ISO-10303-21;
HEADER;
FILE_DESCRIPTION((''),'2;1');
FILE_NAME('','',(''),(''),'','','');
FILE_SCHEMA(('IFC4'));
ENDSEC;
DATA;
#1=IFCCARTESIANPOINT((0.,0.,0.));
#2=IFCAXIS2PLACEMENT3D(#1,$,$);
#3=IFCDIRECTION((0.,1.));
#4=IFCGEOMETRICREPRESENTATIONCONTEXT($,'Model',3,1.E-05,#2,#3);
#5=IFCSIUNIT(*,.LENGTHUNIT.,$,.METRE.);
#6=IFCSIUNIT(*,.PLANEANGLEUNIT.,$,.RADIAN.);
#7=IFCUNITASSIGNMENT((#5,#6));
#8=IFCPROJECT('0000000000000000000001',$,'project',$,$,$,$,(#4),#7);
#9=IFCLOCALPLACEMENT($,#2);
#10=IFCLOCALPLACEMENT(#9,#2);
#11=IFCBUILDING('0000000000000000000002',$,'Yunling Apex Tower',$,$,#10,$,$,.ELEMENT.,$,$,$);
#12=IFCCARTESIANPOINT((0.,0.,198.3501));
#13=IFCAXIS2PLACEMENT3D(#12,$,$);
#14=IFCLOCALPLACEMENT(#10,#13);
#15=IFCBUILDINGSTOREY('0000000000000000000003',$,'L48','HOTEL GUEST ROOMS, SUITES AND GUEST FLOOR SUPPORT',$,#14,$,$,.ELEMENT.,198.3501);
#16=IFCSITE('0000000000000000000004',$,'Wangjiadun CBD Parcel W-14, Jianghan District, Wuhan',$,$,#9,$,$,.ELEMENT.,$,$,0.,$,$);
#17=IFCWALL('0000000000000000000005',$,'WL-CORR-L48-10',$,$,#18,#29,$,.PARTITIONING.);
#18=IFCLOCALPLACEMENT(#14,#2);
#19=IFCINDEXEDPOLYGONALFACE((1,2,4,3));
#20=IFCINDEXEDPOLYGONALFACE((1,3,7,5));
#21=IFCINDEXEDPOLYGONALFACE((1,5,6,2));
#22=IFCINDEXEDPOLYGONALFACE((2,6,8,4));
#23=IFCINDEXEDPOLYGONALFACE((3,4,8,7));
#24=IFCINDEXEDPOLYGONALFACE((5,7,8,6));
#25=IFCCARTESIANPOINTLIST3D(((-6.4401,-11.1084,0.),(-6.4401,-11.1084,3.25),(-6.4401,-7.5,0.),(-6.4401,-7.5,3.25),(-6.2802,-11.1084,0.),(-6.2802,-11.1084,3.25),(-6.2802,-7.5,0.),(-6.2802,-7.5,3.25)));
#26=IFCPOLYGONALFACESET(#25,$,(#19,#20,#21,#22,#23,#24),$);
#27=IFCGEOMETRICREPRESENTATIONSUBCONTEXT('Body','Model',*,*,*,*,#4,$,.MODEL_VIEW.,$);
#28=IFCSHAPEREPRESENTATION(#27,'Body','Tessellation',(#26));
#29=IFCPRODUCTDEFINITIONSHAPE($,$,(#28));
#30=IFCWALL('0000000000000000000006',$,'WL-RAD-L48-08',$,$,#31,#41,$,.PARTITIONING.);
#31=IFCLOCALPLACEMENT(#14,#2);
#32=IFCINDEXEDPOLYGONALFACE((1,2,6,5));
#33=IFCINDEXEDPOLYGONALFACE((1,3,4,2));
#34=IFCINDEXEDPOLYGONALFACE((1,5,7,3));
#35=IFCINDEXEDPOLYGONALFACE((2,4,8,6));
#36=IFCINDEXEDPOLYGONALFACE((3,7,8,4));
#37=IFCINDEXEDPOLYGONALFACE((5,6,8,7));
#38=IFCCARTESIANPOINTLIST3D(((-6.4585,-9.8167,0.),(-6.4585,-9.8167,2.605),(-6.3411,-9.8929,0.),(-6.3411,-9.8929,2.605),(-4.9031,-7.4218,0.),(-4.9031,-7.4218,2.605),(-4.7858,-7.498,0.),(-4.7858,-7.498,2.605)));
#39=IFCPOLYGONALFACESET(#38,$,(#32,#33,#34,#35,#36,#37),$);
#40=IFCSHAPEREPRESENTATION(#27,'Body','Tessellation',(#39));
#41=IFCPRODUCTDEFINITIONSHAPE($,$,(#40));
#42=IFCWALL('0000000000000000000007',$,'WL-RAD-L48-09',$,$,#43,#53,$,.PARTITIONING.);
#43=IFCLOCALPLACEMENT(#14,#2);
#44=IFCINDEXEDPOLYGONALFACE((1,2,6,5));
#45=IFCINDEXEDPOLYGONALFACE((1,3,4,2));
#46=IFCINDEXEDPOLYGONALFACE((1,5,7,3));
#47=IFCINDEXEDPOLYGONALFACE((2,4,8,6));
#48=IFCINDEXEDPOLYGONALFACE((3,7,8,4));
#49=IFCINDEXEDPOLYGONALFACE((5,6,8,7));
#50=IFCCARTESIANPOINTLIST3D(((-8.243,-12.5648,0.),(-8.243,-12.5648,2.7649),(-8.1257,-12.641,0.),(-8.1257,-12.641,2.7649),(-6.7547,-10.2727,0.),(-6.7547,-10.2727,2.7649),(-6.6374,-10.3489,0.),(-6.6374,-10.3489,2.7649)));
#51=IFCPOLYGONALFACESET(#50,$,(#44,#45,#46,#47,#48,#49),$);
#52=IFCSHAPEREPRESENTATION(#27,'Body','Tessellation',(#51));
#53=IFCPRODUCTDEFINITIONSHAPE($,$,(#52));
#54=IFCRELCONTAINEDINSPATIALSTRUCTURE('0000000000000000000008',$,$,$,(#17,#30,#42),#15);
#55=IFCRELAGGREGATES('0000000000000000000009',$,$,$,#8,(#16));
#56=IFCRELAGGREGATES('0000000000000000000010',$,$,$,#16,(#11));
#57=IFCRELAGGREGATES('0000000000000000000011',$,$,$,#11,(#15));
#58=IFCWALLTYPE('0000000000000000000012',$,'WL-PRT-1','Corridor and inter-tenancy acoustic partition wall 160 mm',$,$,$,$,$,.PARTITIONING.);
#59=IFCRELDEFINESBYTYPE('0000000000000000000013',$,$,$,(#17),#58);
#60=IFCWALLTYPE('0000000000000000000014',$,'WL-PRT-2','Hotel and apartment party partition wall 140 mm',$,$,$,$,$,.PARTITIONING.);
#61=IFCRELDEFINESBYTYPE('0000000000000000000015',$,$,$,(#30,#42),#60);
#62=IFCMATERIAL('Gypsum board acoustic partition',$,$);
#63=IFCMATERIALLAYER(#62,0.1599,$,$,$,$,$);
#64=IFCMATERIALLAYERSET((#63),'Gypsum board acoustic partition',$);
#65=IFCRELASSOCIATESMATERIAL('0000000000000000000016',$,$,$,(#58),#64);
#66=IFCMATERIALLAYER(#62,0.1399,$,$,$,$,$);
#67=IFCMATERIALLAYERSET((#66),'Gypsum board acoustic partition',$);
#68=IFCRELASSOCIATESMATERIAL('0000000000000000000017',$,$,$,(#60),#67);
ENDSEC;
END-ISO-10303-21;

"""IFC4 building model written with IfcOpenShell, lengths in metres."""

from ifc_helpers import new_model, si_unit, direction, frame, frame_2d, origin, place, context, subcontext, project, spatial, rectangle, extrude, material, layer, layer_set, type_object, element, save


model = new_model("IFC4")

# Units and contexts
model_context = context("Model", 3, precision=1e-05, world=origin(), true_north=direction((0.0, 1.0)))
body_context = subcontext(model_context, "Body", "Model", "MODEL_VIEW")
ifc_project = project(units=[si_unit("LENGTHUNIT", "METRE"), si_unit("PLANEANGLEUNIT", "RADIAN")], contexts=[model_context])

# Site, building, storey
site_placement = place(None, origin())
site = spatial("IfcSite", under=ifc_project, at=site_placement, Name="Wangjiadun CBD Parcel W-14, Jianghan District, Wuhan", CompositionType="ELEMENT", RefElevation=0.0)
building_placement = place(site_placement, origin())
building = spatial("IfcBuilding", under=site, at=building_placement, Name="Yunling Apex Tower", CompositionType="ELEMENT")
storey_placement = place(building_placement, frame((0.0, 0.0, 198.3501)))
storey = spatial("IfcBuildingStorey", under=building, at=storey_placement, Name="L48", Description="HOTEL GUEST ROOMS, SUITES AND GUEST FLOOR SUPPORT", CompositionType="ELEMENT", Elevation=198.3501)

# Shared definitions
ifc_material_1 = material(Name="Gypsum board acoustic partition")
ifc_layer_1 = layer(ifc_material_1, 0.1599)
ifc_layer_set_1 = layer_set([ifc_layer_1], Name="Gypsum board acoustic partition")
wall_type_1 = type_object("IfcWallType", Name="WL-PRT-1", Description="Corridor and inter-tenancy acoustic partition wall 160 mm", PredefinedType="PARTITIONING", material=ifc_layer_set_1)

# Walls
wall_1_placement = place(storey_placement, frame((-6.3601, -7.5, 0.0), z_axis=(0.0, 0.0, 1.0), x_axis=(0.0, -1.0, 0.0)))
element("IfcWall", 1, at=wall_1_placement, inside=storey, type_object=wall_type_1, Name="WL-CORR-L48-10", PredefinedType="PARTITIONING", context=body_context, shape_type="SweptSolid", body=[
    extrude(rectangle(XDim=3.6084, YDim=0.1599, at=frame_2d((1.8042, 0.0))), origin(), (0.0, 0.0, 1.0), 3.25),
])
ifc_layer_2 = layer(ifc_material_1, 0.1399)
ifc_layer_set_2 = layer_set([ifc_layer_2], Name="Gypsum board acoustic partition")
wall_type_2 = type_object("IfcWallType", Name="WL-PRT-2", Description="Hotel and apartment party partition wall 140 mm", PredefinedType="PARTITIONING", material=ifc_layer_set_2)
wall_2_placement = place(storey_placement, frame((-4.8445, -7.46, 0.0), z_axis=(0.0, 0.0, 1.0), x_axis=(-0.544658, -0.838658, 0.0)))
element("IfcWall", 2, at=wall_2_placement, inside=storey, type_object=wall_type_2, Name="WL-RAD-L48-08", PredefinedType="PARTITIONING", context=body_context, shape_type="SweptSolid", body=[
    extrude(rectangle(XDim=2.8557, YDim=0.1399, at=frame_2d((1.4277, 0.0))), origin(), (0.0, 0.0, 1.0), 2.605),
])
wall_3_placement = place(storey_placement, frame((-6.696, -10.3108, 0.0), z_axis=(0.0, 0.0, 1.0), x_axis=(-0.544599, -0.838697, 0.0)))
element("IfcWall", 3, at=wall_3_placement, inside=storey, type_object=wall_type_2, Name="WL-RAD-L48-09", PredefinedType="PARTITIONING", context=body_context, shape_type="SweptSolid", body=[
    extrude(rectangle(XDim=2.7329, YDim=0.1399, at=frame_2d((1.3665, 0.0))), origin(), (0.0, 0.0, 1.0), 2.7649),
])

save(model, "model.ifc")
